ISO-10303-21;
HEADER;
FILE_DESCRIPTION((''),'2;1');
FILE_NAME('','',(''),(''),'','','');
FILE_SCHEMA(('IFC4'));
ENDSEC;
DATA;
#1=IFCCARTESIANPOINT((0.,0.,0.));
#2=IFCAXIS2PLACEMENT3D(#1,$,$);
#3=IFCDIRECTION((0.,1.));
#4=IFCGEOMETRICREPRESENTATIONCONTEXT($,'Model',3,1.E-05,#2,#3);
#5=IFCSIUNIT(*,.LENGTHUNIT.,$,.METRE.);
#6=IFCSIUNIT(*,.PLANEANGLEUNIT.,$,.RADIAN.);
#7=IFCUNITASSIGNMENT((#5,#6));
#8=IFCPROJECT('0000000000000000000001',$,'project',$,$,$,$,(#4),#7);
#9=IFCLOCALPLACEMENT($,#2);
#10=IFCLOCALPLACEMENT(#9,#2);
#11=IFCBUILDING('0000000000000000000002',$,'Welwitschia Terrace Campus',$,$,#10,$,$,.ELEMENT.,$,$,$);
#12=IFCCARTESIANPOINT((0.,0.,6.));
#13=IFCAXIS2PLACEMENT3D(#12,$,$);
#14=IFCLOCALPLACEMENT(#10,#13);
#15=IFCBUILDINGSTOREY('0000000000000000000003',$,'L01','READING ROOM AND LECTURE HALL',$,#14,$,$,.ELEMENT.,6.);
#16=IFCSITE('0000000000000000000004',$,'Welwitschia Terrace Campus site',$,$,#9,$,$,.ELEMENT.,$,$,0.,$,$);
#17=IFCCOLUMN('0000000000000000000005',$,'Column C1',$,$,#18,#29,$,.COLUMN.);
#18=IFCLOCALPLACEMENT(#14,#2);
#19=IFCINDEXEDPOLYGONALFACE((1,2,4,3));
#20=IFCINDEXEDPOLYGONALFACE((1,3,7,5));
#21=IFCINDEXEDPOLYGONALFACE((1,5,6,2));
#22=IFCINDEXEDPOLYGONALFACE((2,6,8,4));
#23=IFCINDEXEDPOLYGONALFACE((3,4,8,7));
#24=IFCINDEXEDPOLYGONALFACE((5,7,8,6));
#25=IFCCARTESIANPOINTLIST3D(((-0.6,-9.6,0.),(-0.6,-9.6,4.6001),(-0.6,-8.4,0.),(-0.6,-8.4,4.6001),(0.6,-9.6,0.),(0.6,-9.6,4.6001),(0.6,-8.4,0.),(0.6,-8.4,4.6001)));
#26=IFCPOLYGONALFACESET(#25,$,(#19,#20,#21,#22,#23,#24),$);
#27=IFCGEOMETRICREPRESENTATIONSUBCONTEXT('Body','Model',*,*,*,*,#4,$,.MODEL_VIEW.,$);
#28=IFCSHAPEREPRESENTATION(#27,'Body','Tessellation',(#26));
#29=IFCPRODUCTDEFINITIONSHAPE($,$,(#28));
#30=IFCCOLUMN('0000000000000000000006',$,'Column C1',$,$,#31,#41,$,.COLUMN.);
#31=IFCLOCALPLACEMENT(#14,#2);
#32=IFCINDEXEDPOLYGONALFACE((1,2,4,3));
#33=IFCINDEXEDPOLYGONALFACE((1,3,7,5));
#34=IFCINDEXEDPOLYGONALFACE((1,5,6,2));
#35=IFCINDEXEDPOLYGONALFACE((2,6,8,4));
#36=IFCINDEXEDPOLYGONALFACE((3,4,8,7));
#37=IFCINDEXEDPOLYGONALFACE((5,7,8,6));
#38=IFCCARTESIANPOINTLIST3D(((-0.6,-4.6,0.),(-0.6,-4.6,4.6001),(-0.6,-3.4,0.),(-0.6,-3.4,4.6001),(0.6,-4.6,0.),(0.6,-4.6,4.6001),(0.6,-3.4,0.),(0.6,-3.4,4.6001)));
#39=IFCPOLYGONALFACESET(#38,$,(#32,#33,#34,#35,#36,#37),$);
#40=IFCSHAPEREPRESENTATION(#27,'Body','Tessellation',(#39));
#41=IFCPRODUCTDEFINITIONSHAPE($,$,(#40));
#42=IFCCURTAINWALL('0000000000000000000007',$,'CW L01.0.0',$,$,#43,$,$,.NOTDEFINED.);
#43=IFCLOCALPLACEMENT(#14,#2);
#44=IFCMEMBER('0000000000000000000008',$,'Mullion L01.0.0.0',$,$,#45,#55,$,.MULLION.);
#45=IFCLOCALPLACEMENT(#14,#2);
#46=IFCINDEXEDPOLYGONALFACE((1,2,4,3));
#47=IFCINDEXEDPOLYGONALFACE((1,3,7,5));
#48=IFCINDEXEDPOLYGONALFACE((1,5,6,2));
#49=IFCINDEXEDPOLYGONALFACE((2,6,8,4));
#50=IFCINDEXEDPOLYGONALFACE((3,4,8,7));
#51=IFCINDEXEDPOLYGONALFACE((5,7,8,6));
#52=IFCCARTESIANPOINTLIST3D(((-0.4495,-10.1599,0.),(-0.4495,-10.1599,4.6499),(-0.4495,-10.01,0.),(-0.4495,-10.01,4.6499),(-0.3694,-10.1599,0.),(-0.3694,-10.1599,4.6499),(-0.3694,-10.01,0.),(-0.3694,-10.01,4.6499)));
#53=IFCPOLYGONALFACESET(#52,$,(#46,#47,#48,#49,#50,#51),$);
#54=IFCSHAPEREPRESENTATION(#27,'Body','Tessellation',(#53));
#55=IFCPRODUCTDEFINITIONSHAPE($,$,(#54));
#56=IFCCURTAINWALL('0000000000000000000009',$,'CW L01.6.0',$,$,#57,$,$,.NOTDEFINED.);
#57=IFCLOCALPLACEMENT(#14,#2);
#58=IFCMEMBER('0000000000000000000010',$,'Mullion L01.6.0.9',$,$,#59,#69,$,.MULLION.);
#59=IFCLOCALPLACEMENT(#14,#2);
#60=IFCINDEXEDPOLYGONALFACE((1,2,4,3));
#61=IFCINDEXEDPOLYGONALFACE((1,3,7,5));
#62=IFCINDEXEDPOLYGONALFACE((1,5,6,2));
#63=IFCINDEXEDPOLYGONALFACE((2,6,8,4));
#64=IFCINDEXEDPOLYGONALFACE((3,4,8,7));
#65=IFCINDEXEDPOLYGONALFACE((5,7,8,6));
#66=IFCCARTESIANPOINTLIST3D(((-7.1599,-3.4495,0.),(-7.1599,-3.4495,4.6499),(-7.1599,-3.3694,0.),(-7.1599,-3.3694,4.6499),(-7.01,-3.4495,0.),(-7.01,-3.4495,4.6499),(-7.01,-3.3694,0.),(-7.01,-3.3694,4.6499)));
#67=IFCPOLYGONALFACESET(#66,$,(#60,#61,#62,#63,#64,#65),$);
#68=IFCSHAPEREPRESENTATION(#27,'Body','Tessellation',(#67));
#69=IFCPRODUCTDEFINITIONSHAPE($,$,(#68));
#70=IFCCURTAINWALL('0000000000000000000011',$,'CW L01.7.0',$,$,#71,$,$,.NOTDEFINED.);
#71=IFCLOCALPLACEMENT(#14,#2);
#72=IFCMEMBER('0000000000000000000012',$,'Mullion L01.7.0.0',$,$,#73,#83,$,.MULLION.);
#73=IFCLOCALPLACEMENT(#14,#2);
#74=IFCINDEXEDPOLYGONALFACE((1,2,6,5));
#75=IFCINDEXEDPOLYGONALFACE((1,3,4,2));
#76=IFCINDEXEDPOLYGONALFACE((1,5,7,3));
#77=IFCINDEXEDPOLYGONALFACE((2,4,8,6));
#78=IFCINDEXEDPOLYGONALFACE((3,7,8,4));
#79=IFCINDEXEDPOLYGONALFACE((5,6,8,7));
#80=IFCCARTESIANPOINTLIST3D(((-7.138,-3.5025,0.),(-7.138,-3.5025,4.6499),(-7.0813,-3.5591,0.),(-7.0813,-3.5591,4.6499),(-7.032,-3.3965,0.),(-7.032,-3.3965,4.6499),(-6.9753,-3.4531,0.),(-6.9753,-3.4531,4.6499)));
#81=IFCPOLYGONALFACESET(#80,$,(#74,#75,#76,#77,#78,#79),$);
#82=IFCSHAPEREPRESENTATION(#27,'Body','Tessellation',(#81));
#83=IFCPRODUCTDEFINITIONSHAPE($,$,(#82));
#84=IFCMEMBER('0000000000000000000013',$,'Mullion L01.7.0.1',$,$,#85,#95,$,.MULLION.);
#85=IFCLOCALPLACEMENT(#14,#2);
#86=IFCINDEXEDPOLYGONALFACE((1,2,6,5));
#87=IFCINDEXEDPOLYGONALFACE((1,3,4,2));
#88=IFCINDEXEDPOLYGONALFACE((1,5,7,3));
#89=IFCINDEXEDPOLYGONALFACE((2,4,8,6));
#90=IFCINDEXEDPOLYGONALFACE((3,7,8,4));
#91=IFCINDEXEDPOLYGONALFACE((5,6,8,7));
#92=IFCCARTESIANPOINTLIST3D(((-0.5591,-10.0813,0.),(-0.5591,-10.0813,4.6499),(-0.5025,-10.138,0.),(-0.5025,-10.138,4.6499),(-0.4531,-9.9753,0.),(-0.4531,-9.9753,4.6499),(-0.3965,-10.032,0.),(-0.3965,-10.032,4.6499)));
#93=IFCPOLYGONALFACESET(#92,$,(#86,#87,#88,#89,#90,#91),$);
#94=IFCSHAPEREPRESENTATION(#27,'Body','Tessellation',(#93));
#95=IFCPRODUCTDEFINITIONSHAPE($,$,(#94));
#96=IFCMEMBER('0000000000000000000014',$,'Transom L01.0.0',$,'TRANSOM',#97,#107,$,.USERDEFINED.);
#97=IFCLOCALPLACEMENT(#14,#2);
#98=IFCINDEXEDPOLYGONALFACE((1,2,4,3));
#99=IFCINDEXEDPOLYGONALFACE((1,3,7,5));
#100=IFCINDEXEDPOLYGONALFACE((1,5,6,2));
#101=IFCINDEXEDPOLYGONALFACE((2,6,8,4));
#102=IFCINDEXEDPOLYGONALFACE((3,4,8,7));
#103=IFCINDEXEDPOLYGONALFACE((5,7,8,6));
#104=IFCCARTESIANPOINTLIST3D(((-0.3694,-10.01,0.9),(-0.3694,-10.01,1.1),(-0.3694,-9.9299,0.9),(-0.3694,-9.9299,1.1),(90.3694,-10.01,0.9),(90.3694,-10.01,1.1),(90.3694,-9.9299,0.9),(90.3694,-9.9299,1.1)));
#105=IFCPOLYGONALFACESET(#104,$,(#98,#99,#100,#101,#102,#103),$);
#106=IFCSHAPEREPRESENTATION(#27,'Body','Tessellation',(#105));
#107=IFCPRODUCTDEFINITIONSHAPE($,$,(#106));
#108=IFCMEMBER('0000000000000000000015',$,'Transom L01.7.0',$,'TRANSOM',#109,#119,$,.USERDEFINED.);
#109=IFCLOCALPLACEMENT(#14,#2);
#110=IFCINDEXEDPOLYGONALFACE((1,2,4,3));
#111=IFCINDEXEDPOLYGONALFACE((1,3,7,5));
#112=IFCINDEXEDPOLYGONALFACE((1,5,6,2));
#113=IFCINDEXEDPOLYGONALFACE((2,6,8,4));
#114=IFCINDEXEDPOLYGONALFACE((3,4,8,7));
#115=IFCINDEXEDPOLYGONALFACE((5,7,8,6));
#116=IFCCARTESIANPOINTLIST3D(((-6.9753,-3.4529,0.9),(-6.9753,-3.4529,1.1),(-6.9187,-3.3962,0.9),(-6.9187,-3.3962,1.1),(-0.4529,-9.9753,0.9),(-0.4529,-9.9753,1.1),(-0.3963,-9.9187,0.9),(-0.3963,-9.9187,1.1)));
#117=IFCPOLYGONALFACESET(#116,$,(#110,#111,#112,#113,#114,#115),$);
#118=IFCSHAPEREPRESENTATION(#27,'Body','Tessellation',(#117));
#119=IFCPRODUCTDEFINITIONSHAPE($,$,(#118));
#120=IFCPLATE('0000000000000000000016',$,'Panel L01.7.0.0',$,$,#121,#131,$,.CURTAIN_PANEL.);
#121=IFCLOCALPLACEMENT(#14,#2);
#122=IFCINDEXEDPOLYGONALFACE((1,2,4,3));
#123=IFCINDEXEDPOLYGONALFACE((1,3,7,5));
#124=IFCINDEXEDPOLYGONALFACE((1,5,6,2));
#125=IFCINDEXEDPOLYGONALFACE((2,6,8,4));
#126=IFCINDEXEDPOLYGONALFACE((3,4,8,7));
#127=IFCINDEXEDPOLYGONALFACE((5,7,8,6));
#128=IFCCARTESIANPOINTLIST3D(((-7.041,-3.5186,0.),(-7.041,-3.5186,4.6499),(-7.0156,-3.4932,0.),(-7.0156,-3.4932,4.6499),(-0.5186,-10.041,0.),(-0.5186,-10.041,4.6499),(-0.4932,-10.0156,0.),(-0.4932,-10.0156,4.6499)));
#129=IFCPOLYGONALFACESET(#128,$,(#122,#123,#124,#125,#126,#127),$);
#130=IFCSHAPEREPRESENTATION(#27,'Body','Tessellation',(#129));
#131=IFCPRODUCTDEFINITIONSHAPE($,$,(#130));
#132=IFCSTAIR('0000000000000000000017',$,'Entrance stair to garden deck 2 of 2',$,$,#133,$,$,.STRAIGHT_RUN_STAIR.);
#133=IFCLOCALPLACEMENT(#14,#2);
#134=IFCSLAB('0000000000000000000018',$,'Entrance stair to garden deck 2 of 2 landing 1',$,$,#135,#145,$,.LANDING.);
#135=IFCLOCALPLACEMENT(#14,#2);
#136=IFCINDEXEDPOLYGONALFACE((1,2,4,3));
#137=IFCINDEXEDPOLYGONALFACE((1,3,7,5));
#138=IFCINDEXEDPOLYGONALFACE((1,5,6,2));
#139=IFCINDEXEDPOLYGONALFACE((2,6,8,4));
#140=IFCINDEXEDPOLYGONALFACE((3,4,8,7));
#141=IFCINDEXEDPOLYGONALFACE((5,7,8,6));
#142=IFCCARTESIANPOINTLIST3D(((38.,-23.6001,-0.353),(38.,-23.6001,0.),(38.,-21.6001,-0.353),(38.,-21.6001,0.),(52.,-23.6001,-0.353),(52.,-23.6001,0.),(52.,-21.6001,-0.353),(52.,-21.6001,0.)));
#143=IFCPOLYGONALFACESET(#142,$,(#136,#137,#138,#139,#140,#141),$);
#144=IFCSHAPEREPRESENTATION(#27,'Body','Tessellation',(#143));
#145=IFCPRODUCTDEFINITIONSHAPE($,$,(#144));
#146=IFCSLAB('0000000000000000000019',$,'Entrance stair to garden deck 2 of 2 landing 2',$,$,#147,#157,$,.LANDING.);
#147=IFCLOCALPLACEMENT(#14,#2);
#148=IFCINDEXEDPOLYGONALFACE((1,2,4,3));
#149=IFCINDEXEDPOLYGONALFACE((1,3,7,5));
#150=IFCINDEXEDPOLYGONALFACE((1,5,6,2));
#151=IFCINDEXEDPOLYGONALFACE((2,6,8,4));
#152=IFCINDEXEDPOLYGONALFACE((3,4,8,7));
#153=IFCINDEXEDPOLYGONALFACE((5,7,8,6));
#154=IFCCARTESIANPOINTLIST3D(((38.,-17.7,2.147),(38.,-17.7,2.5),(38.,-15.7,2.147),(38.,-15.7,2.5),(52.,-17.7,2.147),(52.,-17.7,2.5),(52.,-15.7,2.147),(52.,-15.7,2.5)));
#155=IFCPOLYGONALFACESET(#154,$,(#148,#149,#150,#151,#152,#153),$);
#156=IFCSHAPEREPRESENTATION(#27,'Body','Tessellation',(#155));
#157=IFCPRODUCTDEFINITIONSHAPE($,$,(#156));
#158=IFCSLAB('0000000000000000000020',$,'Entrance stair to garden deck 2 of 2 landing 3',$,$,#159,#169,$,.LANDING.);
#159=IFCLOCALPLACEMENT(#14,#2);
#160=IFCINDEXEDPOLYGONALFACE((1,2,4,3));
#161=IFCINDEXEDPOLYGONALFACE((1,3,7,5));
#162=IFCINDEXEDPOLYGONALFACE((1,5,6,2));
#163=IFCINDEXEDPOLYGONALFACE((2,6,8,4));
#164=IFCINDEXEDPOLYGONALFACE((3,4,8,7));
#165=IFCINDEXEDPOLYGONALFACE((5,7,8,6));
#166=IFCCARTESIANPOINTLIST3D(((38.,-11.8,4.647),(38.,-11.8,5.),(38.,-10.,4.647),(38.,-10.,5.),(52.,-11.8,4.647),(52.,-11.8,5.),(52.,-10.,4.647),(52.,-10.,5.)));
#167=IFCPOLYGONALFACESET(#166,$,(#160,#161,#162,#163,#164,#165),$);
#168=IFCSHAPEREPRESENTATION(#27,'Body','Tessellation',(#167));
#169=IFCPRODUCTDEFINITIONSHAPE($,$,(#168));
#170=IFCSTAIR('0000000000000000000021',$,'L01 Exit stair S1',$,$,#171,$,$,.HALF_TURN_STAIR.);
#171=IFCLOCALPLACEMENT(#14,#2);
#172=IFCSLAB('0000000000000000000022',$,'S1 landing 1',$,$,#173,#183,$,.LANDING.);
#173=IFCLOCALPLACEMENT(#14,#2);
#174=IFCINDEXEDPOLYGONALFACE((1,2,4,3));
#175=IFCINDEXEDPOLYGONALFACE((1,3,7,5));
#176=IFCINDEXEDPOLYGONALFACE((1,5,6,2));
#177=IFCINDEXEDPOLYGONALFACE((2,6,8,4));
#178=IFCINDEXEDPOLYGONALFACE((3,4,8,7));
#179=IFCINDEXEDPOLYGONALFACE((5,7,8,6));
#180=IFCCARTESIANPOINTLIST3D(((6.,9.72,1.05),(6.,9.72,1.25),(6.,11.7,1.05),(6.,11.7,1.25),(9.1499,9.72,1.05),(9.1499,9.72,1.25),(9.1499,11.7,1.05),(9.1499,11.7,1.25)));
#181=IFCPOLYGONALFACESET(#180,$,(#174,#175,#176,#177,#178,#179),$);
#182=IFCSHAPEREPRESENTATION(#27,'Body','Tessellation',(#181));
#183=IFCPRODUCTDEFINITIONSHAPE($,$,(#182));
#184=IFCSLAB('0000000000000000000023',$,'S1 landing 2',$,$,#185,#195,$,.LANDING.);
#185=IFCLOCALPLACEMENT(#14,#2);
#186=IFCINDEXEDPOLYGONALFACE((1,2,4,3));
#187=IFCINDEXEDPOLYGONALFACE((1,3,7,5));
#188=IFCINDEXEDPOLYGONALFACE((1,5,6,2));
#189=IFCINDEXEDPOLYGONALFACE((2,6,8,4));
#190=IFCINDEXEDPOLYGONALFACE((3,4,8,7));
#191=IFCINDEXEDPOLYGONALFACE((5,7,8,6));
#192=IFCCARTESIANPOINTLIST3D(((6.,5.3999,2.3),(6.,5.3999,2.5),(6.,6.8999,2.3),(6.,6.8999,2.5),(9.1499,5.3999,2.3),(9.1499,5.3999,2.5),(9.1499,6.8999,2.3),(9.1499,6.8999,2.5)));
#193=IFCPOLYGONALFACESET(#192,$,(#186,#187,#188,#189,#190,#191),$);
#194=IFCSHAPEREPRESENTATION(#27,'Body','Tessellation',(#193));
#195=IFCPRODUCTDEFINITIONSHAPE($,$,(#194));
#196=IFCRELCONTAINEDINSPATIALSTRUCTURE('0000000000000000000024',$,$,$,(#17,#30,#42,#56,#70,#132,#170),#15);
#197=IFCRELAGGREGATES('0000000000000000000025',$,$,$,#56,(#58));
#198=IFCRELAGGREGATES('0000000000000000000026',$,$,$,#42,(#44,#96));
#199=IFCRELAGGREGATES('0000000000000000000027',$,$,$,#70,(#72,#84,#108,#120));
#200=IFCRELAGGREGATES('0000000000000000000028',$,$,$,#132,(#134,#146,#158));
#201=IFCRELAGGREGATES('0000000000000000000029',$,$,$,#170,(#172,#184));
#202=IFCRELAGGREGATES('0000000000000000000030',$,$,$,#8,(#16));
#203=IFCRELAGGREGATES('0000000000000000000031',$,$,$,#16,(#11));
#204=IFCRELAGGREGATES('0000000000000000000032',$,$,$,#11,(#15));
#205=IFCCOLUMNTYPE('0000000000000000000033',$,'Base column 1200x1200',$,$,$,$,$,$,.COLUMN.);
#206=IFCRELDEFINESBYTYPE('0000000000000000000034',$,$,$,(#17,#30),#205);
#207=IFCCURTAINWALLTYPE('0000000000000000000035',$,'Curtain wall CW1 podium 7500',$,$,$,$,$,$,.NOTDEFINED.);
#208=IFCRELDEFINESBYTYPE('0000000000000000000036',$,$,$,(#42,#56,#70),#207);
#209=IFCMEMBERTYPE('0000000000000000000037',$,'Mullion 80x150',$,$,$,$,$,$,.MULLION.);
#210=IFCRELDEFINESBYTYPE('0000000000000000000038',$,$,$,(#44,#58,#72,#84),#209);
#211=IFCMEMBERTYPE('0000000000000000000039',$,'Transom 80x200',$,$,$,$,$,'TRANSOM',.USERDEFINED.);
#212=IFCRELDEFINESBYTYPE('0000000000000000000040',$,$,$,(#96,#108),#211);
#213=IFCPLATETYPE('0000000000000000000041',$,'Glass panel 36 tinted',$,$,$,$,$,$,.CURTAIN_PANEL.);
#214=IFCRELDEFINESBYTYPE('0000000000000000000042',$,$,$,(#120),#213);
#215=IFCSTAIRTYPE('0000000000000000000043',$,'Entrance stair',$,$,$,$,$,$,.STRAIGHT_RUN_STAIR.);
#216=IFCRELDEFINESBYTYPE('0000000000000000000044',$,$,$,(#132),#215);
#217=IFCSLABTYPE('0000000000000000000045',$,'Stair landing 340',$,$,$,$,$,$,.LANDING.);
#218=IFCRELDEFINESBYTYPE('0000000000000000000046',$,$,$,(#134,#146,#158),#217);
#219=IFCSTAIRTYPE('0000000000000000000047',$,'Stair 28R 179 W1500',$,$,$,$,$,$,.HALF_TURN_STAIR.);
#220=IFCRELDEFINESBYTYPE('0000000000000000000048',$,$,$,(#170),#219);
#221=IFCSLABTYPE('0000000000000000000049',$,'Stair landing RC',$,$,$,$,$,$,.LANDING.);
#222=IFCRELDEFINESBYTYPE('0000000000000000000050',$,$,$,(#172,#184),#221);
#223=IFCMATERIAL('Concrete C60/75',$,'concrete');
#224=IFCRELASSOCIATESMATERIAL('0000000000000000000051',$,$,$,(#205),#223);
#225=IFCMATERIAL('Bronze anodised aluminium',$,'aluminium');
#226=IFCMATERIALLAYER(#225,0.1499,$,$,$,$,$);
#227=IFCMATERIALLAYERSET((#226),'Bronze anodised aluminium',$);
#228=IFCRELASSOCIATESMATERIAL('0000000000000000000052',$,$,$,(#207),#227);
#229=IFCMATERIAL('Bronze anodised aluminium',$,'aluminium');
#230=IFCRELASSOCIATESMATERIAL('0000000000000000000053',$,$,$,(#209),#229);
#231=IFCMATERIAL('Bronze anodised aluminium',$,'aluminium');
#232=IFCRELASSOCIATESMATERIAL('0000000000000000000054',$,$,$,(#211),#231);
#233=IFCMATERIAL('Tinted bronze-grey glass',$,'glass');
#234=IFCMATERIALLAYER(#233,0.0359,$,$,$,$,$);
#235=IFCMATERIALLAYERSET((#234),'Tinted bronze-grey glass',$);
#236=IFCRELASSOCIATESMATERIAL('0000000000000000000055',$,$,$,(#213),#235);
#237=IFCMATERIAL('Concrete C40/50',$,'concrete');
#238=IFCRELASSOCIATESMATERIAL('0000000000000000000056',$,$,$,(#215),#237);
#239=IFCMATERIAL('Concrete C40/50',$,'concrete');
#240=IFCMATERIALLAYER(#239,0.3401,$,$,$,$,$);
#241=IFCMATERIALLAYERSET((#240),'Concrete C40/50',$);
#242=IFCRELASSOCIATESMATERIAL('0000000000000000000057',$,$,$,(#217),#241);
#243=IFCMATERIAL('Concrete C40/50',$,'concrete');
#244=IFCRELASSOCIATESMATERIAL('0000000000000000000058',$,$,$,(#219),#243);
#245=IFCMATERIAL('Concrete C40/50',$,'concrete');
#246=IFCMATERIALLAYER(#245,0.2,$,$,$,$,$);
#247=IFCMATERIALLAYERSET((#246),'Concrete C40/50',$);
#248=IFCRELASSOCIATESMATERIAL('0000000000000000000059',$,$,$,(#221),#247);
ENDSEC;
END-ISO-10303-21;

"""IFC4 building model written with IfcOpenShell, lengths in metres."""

from ifc_helpers import new_model, si_unit, direction, frame, origin, origin_2d, place, context, subcontext, project, spatial, polyline, rectangle, outline, extrude, material, layer, layer_set, material_profile, profile_set, type_object, element, aggregate, save


model = new_model("IFC4")

# Units and contexts
model_context = context("Model", 3, precision=1e-05, world=origin(), true_north=direction((0.0, 1.0)))
body_context = subcontext(model_context, "Body", "Model", "MODEL_VIEW")
ifc_project = project(units=[si_unit("LENGTHUNIT", "METRE"), si_unit("PLANEANGLEUNIT", "RADIAN")], contexts=[model_context])

# Site, building, storey
site_placement = place(None, origin())
site = spatial("IfcSite", under=ifc_project, at=site_placement, Name="Welwitschia Terrace Campus site", CompositionType="ELEMENT", RefElevation=0.0)
building_placement = place(site_placement, origin())
building = spatial("IfcBuilding", under=site, at=building_placement, Name="Welwitschia Terrace Campus", CompositionType="ELEMENT")
storey_placement = place(building_placement, frame((0.0, 0.0, 6.0)))
storey = spatial("IfcBuildingStorey", under=building, at=storey_placement, Name="L01", Description="READING ROOM AND LECTURE HALL", CompositionType="ELEMENT", Elevation=6.0)

# Columns
ifc_material_1 = material(Name="Concrete C60/75", Category="concrete")
ifc_material_profile_1 = material_profile(ifc_material_1, rectangle(XDim=1.2, YDim=1.2, at=origin_2d()))
ifc_profile_set_1 = profile_set([ifc_material_profile_1], Name="Concrete C60/75")
column_type = type_object("IfcColumnType", Name="Base column 1200x1200", PredefinedType="COLUMN", material=ifc_profile_set_1)
for number, where, z_axis, x_axis, name in (
    (1, (0.0, -9.0, 0.0), (0.0, 0.0, 1.0), (1.0, 0.0, 0.0), "Column C1"),
    (2, (0.0, -4.0, 0.0), (0.0, 0.0, 1.0), (1.0, 0.0, 0.0), "Column C1"),
):
    element("IfcColumn", number, at=place(storey_placement, frame(where, z_axis=z_axis, x_axis=x_axis)), inside=storey, type_object=column_type, Name=name, PredefinedType="COLUMN", context=body_context, shape_type="SweptSolid", body=[
        extrude(rectangle(XDim=1.2, YDim=1.2, at=origin_2d()), origin(), (0.0, 0.0, 1.0), 4.6001),
    ])

# Curtain walls, members
ifc_material_2 = material(Name="Bronze anodised aluminium", Category="aluminium")
ifc_layer_1 = layer(ifc_material_2, 0.1499)
ifc_layer_set_1 = layer_set([ifc_layer_1], Name="Bronze anodised aluminium")
curtain_wall_type = type_object("IfcCurtainWallType", Name="Curtain wall CW1 podium 7500", PredefinedType="NOTDEFINED", material=ifc_layer_set_1)
curtain_wall_1_placement = place(storey_placement, origin())
curtain_wall_1 = element("IfcCurtainWall", 3, at=curtain_wall_1_placement, inside=storey, type_object=curtain_wall_type, Name="CW L01.0.0", PredefinedType="NOTDEFINED")
ifc_material_3 = material(Name="Bronze anodised aluminium", Category="aluminium")
ifc_material_profile_2 = material_profile(ifc_material_3, rectangle(XDim=0.1499, YDim=0.0801, at=origin_2d()))
ifc_profile_set_2 = profile_set([ifc_material_profile_2], Name="Bronze anodised aluminium")
member_type_1 = type_object("IfcMemberType", Name="Mullion 80x150", PredefinedType="MULLION", material=ifc_profile_set_2)
member_1_placement = place(storey_placement, frame((-0.4094, -10.085, 0.0), z_axis=(0.0, 0.0, 1.0), x_axis=(0.0, 1.0, 0.0)))
member_1 = element("IfcMember", 4, at=member_1_placement, type_object=member_type_1, Name="Mullion L01.0.0.0", PredefinedType="MULLION", context=body_context, shape_type="SweptSolid", body=[
    extrude(rectangle(XDim=0.1499, YDim=0.0801, at=origin_2d()), origin(), (0.0, 0.0, 1.0), 4.6499),
])
curtain_wall_2_placement = place(storey_placement, origin())
curtain_wall_2 = element("IfcCurtainWall", 5, at=curtain_wall_2_placement, inside=storey, type_object=curtain_wall_type, Name="CW L01.6.0", PredefinedType="NOTDEFINED")
member_2_placement = place(storey_placement, frame((-7.085, -3.4094, 0.0), z_axis=(0.0, 0.0, 1.0), x_axis=(1.0, 0.0, 0.0)))
member_2 = element("IfcMember", 6, at=member_2_placement, type_object=member_type_1, Name="Mullion L01.6.0.9", PredefinedType="MULLION", context=body_context, shape_type="SweptSolid", body=[
    extrude(rectangle(XDim=0.1499, YDim=0.0801, at=origin_2d()), origin(), (0.0, 0.0, 1.0), 4.6499),
])
aggregate(curtain_wall_2, [member_2])

# Curtain wall, members
curtain_wall_3_placement = place(storey_placement, origin())
curtain_wall_3 = element("IfcCurtainWall", 7, at=curtain_wall_3_placement, inside=storey, type_object=curtain_wall_type, Name="CW L01.7.0", PredefinedType="NOTDEFINED")
member_3_placement = place(storey_placement, frame((-7.0566, -3.4778, 0.0), z_axis=(0.0, 0.0, 1.0), x_axis=(0.707107, 0.707107, 0.0)))
member_3 = element("IfcMember", 8, at=member_3_placement, type_object=member_type_1, Name="Mullion L01.7.0.0", PredefinedType="MULLION", context=body_context, shape_type="SweptSolid", body=[
    extrude(rectangle(XDim=0.1499, YDim=0.0801, at=origin_2d()), origin(), (0.0, 0.0, 1.0), 4.6499),
])
member_4_placement = place(storey_placement, frame((-0.4778, -10.0566, 0.0), z_axis=(0.0, 0.0, 1.0), x_axis=(0.707107, 0.707107, 0.0)))
member_4 = element("IfcMember", 9, at=member_4_placement, type_object=member_type_1, Name="Mullion L01.7.0.1", PredefinedType="MULLION", context=body_context, shape_type="SweptSolid", body=[
    extrude(rectangle(XDim=0.1499, YDim=0.0801, at=origin_2d()), origin(), (0.0, 0.0, 1.0), 4.6499),
])

# Members
ifc_material_4 = material(Name="Bronze anodised aluminium", Category="aluminium")
ifc_material_profile_3 = material_profile(ifc_material_4, rectangle(XDim=0.0801, YDim=0.2, at=origin_2d()))
ifc_profile_set_3 = profile_set([ifc_material_profile_3], Name="Bronze anodised aluminium")
member_type_2 = type_object("IfcMemberType", Name="Transom 80x200", ElementType="TRANSOM", PredefinedType="USERDEFINED", material=ifc_profile_set_3)
member_5_placement = place(storey_placement, frame((-0.3694, -9.97, 1.0), z_axis=(1.0, 0.0, 0.0), x_axis=(0.0, 1.0, 0.0)))
member_5 = element("IfcMember", 10, at=member_5_placement, type_object=member_type_2, Name="Transom L01.0.0", ObjectType="TRANSOM", PredefinedType="USERDEFINED", context=body_context, shape_type="SweptSolid", body=[
    extrude(rectangle(XDim=0.0801, YDim=0.2, at=origin_2d()), origin(), (0.0, 0.0, 1.0), 90.7388),
])
aggregate(curtain_wall_1, [member_1, member_5])
member_6_placement = place(storey_placement, frame((-6.947, -3.4246, 1.0), z_axis=(0.707107, -0.707107, 0.0), x_axis=(0.707107, 0.707107, 0.0)))
member_6 = element("IfcMember", 11, at=member_6_placement, type_object=member_type_2, Name="Transom L01.7.0", ObjectType="TRANSOM", PredefinedType="USERDEFINED", context=body_context, shape_type="SweptSolid", body=[
    extrude(rectangle(XDim=0.0801, YDim=0.2, at=origin_2d()), origin(), (0.0, 0.0, 1.0), 9.2241),
])

# Plate
ifc_material_5 = material(Name="Tinted bronze-grey glass", Category="glass")
ifc_layer_2 = layer(ifc_material_5, 0.0359)
ifc_layer_set_2 = layer_set([ifc_layer_2], Name="Tinted bronze-grey glass")
plate_type = type_object("IfcPlateType", Name="Glass panel 36 tinted", PredefinedType="CURTAIN_PANEL", material=ifc_layer_set_2)
plate_placement = place(storey_placement, frame((-3.7671, -6.7671, 0.0), z_axis=(0.0, 0.0, 1.0), x_axis=(0.707107, -0.707107, 0.0)))
plate = element("IfcPlate", 12, at=plate_placement, type_object=plate_type, Name="Panel L01.7.0.0", PredefinedType="CURTAIN_PANEL", context=body_context, shape_type="SweptSolid", body=[
    extrude(rectangle(XDim=9.2241, YDim=0.0359, at=origin_2d()), origin(), (0.0, 0.0, 1.0), 4.6499),
])
aggregate(curtain_wall_3, [member_3, member_4, member_6, plate])

# Stairs, slabs
ifc_material_6 = material(Name="Concrete C40/50", Category="concrete")
stair_type_1 = type_object("IfcStairType", Name="Entrance stair", PredefinedType="STRAIGHT_RUN_STAIR", material=ifc_material_6)
stair_1_placement = place(storey_placement, origin())
stair_1 = element("IfcStair", 13, at=stair_1_placement, inside=storey, type_object=stair_type_1, Name="Entrance stair to garden deck 2 of 2", PredefinedType="STRAIGHT_RUN_STAIR")
ifc_material_7 = material(Name="Concrete C40/50", Category="concrete")
ifc_layer_3 = layer(ifc_material_7, 0.3401)
ifc_layer_set_3 = layer_set([ifc_layer_3], Name="Concrete C40/50")
slab_type_1 = type_object("IfcSlabType", Name="Stair landing 340", PredefinedType="LANDING", material=ifc_layer_set_3)
slab_1_placement = place(storey_placement, frame((0.0, 0.0, -0.353)))
slab_1 = element("IfcSlab", 14, at=slab_1_placement, type_object=slab_type_1, Name="Entrance stair to garden deck 2 of 2 landing 1", PredefinedType="LANDING", context=body_context, shape_type="SweptSolid", body=[
    extrude(outline(polyline([(38.0, -23.6001), (52.0, -23.6001), (52.0, -21.6001), (38.0, -21.6001), (38.0, -23.6001)])), origin(), (0.0, 0.0, 1.0), 0.353),
])
slab_2_placement = place(storey_placement, frame((0.0, 0.0, 2.147)))
slab_2 = element("IfcSlab", 15, at=slab_2_placement, type_object=slab_type_1, Name="Entrance stair to garden deck 2 of 2 landing 2", PredefinedType="LANDING", context=body_context, shape_type="SweptSolid", body=[
    extrude(outline(polyline([(38.0, -17.7), (52.0, -17.7), (52.0, -15.7), (38.0, -15.7), (38.0, -17.7)])), origin(), (0.0, 0.0, 1.0), 0.353),
])
slab_3_placement = place(storey_placement, frame((0.0, 0.0, 4.647)))
slab_3 = element("IfcSlab", 16, at=slab_3_placement, type_object=slab_type_1, Name="Entrance stair to garden deck 2 of 2 landing 3", PredefinedType="LANDING", context=body_context, shape_type="SweptSolid", body=[
    extrude(outline(polyline([(38.0, -11.8), (52.0, -11.8), (52.0, -10.0), (38.0, -10.0), (38.0, -11.8)])), origin(), (0.0, 0.0, 1.0), 0.353),
])
aggregate(stair_1, [slab_1, slab_2, slab_3])
ifc_material_8 = material(Name="Concrete C40/50", Category="concrete")
stair_type_2 = type_object("IfcStairType", Name="Stair 28R 179 W1500", PredefinedType="HALF_TURN_STAIR", material=ifc_material_8)
stair_2_placement = place(storey_placement, origin())
stair_2 = element("IfcStair", 17, at=stair_2_placement, inside=storey, type_object=stair_type_2, Name="L01 Exit stair S1", PredefinedType="HALF_TURN_STAIR")
ifc_material_9 = material(Name="Concrete C40/50", Category="concrete")
ifc_layer_4 = layer(ifc_material_9, 0.2)
ifc_layer_set_4 = layer_set([ifc_layer_4], Name="Concrete C40/50")
slab_type_2 = type_object("IfcSlabType", Name="Stair landing RC", PredefinedType="LANDING", material=ifc_layer_set_4)
slab_4_placement = place(storey_placement, frame((0.0, 0.0, 1.05)))
slab_4 = element("IfcSlab", 18, at=slab_4_placement, type_object=slab_type_2, Name="S1 landing 1", PredefinedType="LANDING", context=body_context, shape_type="SweptSolid", body=[
    extrude(outline(polyline([(9.1499, 9.72), (9.1499, 11.7), (6.0, 11.7), (6.0, 9.72), (9.1499, 9.72)])), origin(), (0.0, 0.0, 1.0), 0.2),
])
slab_5_placement = place(storey_placement, frame((0.0, 0.0, 2.3)))
slab_5 = element("IfcSlab", 19, at=slab_5_placement, type_object=slab_type_2, Name="S1 landing 2", PredefinedType="LANDING", context=body_context, shape_type="SweptSolid", body=[
    extrude(outline(polyline([(9.1499, 5.3999), (9.1499, 6.8999), (6.0, 6.8999), (6.0, 5.3999), (9.1499, 5.3999)])), origin(), (0.0, 0.0, 1.0), 0.2),
])
aggregate(stair_2, [slab_4, slab_5])

save(model, "model.ifc")
